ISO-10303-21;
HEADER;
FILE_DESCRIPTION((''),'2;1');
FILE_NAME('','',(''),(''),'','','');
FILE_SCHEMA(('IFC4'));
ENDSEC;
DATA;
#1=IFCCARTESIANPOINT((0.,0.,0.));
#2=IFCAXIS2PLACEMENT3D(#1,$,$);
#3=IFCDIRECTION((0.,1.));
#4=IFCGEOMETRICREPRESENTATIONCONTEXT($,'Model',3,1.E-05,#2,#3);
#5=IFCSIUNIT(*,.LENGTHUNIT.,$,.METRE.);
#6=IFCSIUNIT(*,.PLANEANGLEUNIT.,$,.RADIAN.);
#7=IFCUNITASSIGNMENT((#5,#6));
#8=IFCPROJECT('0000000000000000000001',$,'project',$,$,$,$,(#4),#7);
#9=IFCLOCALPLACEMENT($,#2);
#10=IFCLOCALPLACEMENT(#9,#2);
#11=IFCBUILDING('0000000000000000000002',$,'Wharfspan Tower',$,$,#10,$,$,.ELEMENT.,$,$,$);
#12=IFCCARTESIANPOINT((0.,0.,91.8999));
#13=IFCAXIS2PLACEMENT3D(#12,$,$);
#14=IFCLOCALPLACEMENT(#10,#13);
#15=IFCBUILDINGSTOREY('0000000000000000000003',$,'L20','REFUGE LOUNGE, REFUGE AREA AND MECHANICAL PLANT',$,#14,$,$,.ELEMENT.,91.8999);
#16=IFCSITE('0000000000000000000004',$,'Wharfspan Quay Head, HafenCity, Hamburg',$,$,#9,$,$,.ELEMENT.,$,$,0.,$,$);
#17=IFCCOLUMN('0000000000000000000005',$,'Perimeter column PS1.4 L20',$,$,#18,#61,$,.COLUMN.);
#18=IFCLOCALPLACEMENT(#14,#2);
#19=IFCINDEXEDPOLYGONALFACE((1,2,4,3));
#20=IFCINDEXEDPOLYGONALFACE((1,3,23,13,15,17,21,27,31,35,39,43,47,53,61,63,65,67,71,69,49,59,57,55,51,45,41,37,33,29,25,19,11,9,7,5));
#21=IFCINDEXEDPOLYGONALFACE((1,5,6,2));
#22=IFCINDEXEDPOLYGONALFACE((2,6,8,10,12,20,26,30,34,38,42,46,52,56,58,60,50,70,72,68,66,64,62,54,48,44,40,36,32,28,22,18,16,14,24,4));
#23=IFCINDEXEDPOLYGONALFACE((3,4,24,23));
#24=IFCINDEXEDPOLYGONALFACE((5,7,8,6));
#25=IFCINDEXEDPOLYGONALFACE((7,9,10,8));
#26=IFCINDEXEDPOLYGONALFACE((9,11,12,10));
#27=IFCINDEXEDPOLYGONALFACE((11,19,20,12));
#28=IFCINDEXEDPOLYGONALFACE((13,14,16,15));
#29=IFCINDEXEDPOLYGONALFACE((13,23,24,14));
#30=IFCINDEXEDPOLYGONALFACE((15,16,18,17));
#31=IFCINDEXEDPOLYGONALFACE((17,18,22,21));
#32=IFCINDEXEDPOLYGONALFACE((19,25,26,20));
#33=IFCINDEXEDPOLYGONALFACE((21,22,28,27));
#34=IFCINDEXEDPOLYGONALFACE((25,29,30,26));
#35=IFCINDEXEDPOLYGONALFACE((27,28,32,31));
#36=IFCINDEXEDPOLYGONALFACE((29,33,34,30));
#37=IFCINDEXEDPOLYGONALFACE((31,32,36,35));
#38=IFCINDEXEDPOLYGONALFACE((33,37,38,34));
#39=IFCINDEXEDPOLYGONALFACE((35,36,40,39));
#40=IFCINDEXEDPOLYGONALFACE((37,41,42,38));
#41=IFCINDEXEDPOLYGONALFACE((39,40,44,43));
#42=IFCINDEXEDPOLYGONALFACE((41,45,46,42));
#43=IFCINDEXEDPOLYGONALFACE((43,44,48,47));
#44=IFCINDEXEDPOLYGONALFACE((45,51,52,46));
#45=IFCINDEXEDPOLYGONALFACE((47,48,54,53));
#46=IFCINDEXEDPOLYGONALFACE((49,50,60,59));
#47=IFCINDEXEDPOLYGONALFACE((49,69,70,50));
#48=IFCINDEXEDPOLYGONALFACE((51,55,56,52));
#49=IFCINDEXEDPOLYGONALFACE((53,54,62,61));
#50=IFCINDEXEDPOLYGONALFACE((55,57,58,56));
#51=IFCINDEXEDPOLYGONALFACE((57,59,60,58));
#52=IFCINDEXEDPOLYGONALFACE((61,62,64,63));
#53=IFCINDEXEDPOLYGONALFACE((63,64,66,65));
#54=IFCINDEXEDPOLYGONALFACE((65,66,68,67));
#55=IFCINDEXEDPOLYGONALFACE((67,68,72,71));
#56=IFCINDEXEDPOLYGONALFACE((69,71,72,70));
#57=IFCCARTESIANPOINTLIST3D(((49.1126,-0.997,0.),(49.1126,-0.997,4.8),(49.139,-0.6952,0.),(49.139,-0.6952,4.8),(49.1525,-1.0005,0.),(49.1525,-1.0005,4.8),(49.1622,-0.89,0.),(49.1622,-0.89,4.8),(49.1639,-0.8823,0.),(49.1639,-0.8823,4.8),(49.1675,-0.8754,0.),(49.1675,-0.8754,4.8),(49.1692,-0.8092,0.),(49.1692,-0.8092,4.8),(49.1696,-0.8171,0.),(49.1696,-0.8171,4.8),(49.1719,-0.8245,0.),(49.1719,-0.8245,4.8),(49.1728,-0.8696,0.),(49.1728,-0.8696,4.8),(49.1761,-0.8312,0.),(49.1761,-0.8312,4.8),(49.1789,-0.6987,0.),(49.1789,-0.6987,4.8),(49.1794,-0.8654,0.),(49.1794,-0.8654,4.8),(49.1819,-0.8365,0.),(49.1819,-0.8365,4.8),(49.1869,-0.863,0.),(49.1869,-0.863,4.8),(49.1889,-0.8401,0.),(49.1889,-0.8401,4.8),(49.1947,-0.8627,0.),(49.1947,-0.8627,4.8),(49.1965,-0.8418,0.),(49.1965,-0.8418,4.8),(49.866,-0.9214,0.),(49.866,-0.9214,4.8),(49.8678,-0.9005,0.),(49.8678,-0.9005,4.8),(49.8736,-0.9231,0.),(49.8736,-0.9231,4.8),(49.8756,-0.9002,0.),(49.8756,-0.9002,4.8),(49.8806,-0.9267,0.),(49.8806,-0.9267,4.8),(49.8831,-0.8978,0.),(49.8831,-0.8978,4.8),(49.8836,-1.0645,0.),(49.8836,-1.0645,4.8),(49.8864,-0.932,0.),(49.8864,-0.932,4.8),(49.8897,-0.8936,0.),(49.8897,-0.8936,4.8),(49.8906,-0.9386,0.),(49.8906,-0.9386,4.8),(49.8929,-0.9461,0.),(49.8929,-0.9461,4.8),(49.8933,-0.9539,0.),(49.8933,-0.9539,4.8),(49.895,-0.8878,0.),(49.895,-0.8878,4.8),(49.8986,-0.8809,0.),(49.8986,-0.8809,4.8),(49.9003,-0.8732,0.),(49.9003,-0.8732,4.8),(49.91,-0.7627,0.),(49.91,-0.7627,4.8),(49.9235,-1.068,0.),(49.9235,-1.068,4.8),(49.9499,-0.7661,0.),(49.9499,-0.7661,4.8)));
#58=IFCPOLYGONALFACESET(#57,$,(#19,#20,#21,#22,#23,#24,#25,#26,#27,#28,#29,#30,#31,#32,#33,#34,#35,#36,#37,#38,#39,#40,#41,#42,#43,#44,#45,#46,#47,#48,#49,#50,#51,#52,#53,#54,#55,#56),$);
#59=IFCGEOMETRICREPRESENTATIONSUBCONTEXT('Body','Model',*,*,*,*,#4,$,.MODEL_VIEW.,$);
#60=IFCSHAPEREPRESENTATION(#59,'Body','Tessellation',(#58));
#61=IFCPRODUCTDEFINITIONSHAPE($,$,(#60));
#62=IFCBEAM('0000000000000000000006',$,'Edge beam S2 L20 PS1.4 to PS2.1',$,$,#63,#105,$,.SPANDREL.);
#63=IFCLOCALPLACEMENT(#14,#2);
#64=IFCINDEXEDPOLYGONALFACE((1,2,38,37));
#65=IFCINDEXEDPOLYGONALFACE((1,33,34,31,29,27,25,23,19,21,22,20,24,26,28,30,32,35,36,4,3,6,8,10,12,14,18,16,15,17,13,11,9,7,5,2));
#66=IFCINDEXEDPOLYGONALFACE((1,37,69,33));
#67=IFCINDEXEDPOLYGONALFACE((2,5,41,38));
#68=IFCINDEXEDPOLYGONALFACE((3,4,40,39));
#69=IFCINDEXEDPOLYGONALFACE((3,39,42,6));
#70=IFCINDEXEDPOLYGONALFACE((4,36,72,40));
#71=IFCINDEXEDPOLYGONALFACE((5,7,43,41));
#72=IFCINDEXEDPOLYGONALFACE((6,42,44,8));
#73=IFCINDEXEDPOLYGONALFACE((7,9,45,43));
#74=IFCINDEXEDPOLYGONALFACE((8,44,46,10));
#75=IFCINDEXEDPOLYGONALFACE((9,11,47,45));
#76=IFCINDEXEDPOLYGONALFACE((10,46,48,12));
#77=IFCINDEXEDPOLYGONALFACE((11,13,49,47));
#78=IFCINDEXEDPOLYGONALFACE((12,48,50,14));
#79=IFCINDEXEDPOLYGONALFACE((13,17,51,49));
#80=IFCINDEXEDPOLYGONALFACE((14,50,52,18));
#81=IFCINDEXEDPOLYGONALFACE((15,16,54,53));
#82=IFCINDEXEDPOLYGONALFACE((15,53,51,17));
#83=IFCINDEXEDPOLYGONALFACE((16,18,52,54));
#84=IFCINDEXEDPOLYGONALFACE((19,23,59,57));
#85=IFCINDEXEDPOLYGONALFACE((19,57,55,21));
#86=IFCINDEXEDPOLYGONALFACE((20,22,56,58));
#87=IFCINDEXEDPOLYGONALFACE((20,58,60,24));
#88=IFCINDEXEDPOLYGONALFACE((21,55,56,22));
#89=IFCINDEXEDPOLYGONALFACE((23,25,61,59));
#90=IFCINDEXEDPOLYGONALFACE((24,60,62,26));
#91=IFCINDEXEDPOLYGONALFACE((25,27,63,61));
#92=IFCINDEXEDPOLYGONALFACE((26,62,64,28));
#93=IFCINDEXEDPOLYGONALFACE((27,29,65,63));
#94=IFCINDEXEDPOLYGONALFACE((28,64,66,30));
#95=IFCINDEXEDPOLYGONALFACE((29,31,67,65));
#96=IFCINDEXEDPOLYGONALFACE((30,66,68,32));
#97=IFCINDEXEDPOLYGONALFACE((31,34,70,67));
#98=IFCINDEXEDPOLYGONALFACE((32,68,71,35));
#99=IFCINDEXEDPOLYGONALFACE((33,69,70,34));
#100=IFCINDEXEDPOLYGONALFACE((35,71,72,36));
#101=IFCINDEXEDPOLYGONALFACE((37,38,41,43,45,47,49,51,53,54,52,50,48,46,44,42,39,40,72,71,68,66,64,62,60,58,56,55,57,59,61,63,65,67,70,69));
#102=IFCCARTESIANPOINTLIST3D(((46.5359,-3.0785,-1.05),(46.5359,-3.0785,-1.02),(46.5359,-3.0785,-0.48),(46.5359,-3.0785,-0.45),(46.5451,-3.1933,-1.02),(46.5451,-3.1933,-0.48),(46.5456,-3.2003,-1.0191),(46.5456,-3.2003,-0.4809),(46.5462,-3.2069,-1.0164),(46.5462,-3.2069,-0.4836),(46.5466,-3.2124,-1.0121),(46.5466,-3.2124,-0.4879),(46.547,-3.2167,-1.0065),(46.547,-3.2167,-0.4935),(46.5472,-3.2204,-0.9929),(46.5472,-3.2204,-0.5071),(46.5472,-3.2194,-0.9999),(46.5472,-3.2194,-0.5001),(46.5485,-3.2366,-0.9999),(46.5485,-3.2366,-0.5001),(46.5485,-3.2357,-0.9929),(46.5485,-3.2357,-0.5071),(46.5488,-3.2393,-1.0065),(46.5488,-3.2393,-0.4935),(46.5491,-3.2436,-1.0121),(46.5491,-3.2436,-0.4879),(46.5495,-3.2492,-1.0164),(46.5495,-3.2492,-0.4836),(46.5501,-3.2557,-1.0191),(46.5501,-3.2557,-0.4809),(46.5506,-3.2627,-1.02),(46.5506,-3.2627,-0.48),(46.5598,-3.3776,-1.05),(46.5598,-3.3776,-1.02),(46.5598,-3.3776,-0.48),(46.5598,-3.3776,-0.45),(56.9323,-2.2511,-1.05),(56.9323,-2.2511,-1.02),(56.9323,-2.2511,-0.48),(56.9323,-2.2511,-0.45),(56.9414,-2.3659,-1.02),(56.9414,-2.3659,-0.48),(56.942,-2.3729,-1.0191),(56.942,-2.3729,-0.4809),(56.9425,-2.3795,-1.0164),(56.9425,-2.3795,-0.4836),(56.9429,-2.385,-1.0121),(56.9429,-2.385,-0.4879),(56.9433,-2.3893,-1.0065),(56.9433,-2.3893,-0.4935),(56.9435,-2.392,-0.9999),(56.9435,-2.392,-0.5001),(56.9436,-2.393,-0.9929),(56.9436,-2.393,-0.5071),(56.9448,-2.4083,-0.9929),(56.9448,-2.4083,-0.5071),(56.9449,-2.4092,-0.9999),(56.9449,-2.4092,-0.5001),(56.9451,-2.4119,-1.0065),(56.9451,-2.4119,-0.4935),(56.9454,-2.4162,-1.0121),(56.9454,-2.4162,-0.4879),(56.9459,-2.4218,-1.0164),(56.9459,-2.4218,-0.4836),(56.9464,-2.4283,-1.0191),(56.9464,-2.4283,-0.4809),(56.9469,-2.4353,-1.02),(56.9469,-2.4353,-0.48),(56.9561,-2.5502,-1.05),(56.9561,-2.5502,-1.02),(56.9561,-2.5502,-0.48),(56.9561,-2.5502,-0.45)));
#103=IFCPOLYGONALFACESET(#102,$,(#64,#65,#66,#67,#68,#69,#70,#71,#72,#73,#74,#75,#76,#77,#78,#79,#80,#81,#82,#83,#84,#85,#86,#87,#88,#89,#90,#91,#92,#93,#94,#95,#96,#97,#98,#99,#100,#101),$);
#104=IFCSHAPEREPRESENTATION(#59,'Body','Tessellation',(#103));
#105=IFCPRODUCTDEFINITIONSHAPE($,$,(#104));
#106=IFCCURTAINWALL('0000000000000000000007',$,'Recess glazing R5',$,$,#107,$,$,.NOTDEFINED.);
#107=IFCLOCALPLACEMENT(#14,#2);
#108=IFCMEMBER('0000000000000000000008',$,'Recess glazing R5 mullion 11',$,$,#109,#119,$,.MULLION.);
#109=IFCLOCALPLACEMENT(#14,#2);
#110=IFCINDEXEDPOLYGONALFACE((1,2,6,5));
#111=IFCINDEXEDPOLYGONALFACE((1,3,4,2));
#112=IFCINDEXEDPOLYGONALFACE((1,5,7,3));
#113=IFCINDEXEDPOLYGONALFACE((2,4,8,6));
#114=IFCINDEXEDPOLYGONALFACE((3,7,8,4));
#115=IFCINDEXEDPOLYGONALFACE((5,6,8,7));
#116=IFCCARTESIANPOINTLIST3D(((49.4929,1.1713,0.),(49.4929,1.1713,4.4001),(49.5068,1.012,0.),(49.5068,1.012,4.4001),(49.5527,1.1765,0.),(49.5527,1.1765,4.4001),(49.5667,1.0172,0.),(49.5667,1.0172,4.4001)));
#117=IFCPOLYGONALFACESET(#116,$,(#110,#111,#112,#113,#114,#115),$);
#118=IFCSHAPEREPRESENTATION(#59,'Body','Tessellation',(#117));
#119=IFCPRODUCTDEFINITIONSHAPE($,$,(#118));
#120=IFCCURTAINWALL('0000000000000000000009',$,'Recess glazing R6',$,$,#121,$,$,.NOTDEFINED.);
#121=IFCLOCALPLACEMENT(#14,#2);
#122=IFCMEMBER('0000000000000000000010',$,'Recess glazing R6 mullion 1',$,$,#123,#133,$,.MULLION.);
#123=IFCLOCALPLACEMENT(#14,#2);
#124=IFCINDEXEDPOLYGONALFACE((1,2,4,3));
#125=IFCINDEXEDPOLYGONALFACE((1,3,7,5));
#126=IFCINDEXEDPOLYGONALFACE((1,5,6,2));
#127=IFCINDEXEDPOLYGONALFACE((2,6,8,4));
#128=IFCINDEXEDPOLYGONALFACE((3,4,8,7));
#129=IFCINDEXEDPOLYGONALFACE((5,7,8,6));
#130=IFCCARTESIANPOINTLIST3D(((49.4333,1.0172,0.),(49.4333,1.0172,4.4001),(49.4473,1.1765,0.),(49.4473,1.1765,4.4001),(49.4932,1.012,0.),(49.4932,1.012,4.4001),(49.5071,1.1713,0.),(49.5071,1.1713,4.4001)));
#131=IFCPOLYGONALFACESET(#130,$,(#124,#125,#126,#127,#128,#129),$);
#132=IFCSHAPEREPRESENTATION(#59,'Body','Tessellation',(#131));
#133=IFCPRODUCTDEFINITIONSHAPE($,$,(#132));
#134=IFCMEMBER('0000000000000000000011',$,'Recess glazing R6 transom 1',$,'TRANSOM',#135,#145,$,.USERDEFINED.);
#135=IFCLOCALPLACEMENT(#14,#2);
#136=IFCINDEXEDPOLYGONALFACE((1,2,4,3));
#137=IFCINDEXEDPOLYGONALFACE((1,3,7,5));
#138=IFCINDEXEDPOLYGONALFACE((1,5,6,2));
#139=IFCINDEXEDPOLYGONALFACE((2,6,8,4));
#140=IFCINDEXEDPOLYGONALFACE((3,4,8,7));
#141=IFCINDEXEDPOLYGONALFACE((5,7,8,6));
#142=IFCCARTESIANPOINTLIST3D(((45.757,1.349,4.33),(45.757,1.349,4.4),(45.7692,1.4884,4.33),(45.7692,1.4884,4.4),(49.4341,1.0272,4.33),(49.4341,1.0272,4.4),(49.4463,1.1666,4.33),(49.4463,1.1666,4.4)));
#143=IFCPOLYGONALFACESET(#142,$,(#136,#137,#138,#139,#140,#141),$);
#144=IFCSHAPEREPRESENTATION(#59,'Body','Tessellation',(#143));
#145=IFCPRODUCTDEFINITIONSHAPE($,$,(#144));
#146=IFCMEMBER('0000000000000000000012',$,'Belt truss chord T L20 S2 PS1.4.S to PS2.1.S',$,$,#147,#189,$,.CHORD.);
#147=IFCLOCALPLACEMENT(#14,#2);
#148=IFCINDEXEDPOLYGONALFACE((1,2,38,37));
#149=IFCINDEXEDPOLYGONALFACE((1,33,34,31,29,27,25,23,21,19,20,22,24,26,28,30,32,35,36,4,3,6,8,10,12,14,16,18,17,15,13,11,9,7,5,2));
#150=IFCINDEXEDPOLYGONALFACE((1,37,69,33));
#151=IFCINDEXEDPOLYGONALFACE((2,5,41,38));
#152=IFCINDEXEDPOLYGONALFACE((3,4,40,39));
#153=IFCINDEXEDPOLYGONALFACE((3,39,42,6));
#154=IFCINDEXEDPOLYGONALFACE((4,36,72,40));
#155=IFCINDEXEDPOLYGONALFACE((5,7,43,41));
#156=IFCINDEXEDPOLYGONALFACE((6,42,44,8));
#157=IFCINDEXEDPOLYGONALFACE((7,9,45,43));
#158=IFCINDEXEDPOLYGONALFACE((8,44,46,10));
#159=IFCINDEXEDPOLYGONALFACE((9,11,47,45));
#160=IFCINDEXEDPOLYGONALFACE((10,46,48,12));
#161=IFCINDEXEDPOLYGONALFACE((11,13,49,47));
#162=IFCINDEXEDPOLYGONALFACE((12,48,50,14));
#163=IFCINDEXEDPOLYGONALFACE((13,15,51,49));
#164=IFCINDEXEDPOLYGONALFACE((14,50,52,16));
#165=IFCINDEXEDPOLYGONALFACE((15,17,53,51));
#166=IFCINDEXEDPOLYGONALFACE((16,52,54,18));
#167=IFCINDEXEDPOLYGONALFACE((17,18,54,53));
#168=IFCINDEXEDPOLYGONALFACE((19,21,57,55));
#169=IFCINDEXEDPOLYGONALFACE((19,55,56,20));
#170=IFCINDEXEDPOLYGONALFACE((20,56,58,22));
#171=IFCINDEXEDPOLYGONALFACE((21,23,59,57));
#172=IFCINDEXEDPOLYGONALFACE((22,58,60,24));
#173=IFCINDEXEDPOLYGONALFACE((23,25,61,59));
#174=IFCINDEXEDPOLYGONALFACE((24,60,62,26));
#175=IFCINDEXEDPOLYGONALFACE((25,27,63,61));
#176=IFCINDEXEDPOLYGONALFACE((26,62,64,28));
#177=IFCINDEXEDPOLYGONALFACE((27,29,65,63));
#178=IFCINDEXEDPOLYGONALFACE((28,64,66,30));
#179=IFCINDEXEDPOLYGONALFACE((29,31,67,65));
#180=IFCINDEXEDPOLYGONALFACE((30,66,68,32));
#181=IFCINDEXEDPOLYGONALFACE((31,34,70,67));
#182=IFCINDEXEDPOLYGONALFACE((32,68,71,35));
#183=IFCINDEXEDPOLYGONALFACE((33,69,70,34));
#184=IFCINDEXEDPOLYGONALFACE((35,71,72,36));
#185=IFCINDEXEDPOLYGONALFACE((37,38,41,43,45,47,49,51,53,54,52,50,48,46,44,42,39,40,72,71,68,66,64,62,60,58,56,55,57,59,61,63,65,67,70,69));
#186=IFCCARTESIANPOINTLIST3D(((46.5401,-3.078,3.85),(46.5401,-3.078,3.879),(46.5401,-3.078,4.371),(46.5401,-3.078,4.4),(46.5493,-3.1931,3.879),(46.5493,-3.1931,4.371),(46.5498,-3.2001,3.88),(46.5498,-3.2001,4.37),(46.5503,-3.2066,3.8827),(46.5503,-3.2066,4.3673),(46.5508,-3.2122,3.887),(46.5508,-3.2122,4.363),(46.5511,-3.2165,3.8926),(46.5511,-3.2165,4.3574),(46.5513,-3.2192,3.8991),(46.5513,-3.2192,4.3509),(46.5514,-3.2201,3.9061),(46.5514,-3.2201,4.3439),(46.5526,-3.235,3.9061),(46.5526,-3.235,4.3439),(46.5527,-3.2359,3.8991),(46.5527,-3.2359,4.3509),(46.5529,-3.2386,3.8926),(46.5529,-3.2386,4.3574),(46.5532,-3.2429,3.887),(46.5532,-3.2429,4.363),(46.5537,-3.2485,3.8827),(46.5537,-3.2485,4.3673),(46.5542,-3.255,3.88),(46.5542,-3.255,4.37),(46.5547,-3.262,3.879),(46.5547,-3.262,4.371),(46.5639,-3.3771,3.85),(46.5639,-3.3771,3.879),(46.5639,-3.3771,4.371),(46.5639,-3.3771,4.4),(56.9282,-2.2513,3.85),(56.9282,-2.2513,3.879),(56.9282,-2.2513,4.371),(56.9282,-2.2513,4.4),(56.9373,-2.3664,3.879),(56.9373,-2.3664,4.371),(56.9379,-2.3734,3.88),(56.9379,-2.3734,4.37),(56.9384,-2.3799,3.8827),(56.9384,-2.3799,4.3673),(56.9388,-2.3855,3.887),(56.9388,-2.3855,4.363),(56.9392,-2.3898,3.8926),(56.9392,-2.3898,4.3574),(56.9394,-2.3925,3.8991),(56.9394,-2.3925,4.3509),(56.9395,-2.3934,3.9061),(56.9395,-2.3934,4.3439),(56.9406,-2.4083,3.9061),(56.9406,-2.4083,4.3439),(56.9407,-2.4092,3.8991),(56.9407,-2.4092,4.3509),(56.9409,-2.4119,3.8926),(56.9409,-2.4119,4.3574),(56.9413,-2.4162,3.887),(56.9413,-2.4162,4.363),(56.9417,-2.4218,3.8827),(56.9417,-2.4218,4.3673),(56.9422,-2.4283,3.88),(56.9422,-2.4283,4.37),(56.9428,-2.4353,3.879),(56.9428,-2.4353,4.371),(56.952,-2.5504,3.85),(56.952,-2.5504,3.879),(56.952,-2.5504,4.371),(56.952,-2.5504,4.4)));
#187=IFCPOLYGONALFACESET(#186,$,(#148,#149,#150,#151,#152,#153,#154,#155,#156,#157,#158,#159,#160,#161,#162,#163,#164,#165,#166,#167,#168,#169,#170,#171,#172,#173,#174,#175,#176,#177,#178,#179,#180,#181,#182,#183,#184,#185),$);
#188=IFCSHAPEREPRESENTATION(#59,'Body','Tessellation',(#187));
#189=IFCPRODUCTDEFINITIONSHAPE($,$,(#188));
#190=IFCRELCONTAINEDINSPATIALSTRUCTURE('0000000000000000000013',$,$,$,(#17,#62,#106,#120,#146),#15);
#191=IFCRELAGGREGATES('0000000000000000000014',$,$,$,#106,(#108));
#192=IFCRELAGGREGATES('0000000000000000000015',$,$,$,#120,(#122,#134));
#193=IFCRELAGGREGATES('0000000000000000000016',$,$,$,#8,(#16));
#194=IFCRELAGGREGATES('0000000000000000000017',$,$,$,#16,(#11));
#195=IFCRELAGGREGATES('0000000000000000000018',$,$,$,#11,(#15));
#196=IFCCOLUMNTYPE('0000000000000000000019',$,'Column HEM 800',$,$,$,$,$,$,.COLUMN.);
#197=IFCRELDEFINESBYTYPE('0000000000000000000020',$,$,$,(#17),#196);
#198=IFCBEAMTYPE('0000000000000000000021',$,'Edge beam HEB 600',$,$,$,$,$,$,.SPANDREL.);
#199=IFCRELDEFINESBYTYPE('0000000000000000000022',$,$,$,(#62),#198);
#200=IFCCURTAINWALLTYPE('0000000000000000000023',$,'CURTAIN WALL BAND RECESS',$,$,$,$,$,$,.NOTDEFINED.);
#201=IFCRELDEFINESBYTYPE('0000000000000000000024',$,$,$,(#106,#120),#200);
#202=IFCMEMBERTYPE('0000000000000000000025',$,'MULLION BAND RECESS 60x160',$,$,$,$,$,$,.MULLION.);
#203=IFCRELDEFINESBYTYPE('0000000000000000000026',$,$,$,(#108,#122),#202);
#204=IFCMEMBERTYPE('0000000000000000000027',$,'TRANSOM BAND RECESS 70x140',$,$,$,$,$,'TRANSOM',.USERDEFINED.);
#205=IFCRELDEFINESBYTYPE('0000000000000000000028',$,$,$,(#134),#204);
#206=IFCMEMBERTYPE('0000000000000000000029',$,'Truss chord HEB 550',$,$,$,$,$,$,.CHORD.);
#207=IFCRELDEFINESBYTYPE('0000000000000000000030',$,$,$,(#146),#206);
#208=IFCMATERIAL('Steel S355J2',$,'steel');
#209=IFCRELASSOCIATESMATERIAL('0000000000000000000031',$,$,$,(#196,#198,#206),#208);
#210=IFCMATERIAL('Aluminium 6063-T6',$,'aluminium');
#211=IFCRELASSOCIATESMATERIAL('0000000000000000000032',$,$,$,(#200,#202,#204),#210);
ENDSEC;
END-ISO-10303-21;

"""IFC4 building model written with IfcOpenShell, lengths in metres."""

from ifc_helpers import new_model, si_unit, direction, frame, origin, origin_2d, place, context, subcontext, project, spatial, rectangle, i_section, extrude, material, material_profile, profile_set, type_object, element, aggregate, save


model = new_model("IFC4")

# Units and contexts
model_context = context("Model", 3, precision=1e-05, world=origin(), true_north=direction((0.0, 1.0)))
body_context = subcontext(model_context, "Body", "Model", "MODEL_VIEW")
ifc_project = project(units=[si_unit("LENGTHUNIT", "METRE"), si_unit("PLANEANGLEUNIT", "RADIAN")], contexts=[model_context])

# Site, building, storey
site_placement = place(None, origin())
site = spatial("IfcSite", under=ifc_project, at=site_placement, Name="Wharfspan Quay Head, HafenCity, Hamburg", CompositionType="ELEMENT", RefElevation=0.0)
building_placement = place(site_placement, origin())
building = spatial("IfcBuilding", under=site, at=building_placement, Name="Wharfspan Tower", CompositionType="ELEMENT")
storey_placement = place(building_placement, frame((0.0, 0.0, 91.8999)))
storey = spatial("IfcBuildingStorey", under=building, at=storey_placement, Name="L20", Description="REFUGE LOUNGE, REFUGE AREA AND MECHANICAL PLANT", CompositionType="ELEMENT", Elevation=91.8999)

# Column
ifc_material_1 = material(Name="Steel S355J2", Category="steel")
ifc_material_profile_1 = material_profile(ifc_material_1, i_section(OverallWidth=0.303, OverallDepth=0.814, WebThickness=0.021, FlangeThickness=0.04, FilletRadius=0.03, at=origin_2d()))
ifc_profile_set_1 = profile_set([ifc_material_profile_1], Name="Steel S355J2")
column_type = type_object("IfcColumnType", Name="Column HEM 800", PredefinedType="COLUMN", material=ifc_profile_set_1)
column_placement = place(storey_placement, frame((49.5312, -0.8816, 0.0), z_axis=(0.0, 0.0, 1.0), x_axis=(-0.087156, -0.996198, 0.0)))
element("IfcColumn", 1, at=column_placement, inside=storey, type_object=column_type, Name="Perimeter column PS1.4 L20", PredefinedType="COLUMN", context=body_context, shape_type="SweptSolid", body=[
    extrude(i_section(OverallWidth=0.303, OverallDepth=0.814, WebThickness=0.021, FlangeThickness=0.04, FilletRadius=0.03, at=origin_2d()), origin(), (0.0, 0.0, 1.0), 4.8),
])

# Beam
ifc_material_profile_2 = material_profile(ifc_material_1, i_section(OverallWidth=0.3, OverallDepth=0.6001, WebThickness=0.0154, FlangeThickness=0.03, FilletRadius=0.0271, at=origin_2d()))
ifc_profile_set_2 = profile_set([ifc_material_profile_2], Name="Steel S355J2")
beam_type = type_object("IfcBeamType", Name="Edge beam HEB 600", PredefinedType="SPANDREL", material=ifc_profile_set_2)
beam_placement = place(storey_placement, frame((46.5479, -3.228, -0.75), z_axis=(0.996848, 0.079335, 0.0), x_axis=(-0.079335, 0.996848, 0.0)))
element("IfcBeam", 2, at=beam_placement, inside=storey, type_object=beam_type, Name="Edge beam S2 L20 PS1.4 to PS2.1", PredefinedType="SPANDREL", context=body_context, shape_type="SweptSolid", body=[
    extrude(i_section(OverallWidth=0.3, OverallDepth=0.6001, WebThickness=0.0154, FlangeThickness=0.03, FilletRadius=0.0271, at=origin_2d()), origin(), (0.0, 0.0, 1.0), 10.4292),
])

# Curtain wall, member
ifc_material_2 = material(Name="Aluminium 6063-T6", Category="aluminium")
curtain_wall_type = type_object("IfcCurtainWallType", Name="CURTAIN WALL BAND RECESS", PredefinedType="NOTDEFINED", material=ifc_material_2)
curtain_wall_1_placement = place(storey_placement, origin())
curtain_wall_1 = element("IfcCurtainWall", 3, at=curtain_wall_1_placement, inside=storey, type_object=curtain_wall_type, Name="Recess glazing R5", PredefinedType="NOTDEFINED")
ifc_material_profile_3 = material_profile(ifc_material_2, rectangle(XDim=0.1599, YDim=0.0601, at=origin_2d()))
ifc_profile_set_3 = profile_set([ifc_material_profile_3], Name="Aluminium 6063-T6")
member_type_1 = type_object("IfcMemberType", Name="MULLION BAND RECESS 60x160", PredefinedType="MULLION", material=ifc_profile_set_3)
member_1_placement = place(storey_placement, frame((49.5298, 1.0942, 0.0), z_axis=(0.0, 0.0, 1.0), x_axis=(0.087156, -0.996198, 0.0)))
member_1 = element("IfcMember", 4, at=member_1_placement, type_object=member_type_1, Name="Recess glazing R5 mullion 11", PredefinedType="MULLION", context=body_context, shape_type="SweptSolid", body=[
    extrude(rectangle(XDim=0.1599, YDim=0.0601, at=origin_2d()), origin(), (0.0, 0.0, 1.0), 4.4001),
])
aggregate(curtain_wall_1, [member_1])

# Curtain wall, members
curtain_wall_2_placement = place(storey_placement, origin())
curtain_wall_2 = element("IfcCurtainWall", 5, at=curtain_wall_2_placement, inside=storey, type_object=curtain_wall_type, Name="Recess glazing R6", PredefinedType="NOTDEFINED")
member_2_placement = place(storey_placement, frame((49.4702, 1.0942, 0.0), z_axis=(0.0, 0.0, 1.0), x_axis=(-0.087156, -0.996198, 0.0)))
member_2 = element("IfcMember", 6, at=member_2_placement, type_object=member_type_1, Name="Recess glazing R6 mullion 1", PredefinedType="MULLION", context=body_context, shape_type="SweptSolid", body=[
    extrude(rectangle(XDim=0.1599, YDim=0.0601, at=origin_2d()), origin(), (0.0, 0.0, 1.0), 4.4001),
])
ifc_material_profile_4 = material_profile(ifc_material_2, rectangle(XDim=0.1399, YDim=0.0701, at=origin_2d()))
ifc_profile_set_4 = profile_set([ifc_material_profile_4], Name="Aluminium 6063-T6")
member_type_2 = type_object("IfcMemberType", Name="TRANSOM BAND RECESS 70x140", ElementType="TRANSOM", PredefinedType="USERDEFINED", material=ifc_profile_set_4)
member_3_placement = place(storey_placement, frame((49.4402, 1.0969, 4.365), z_axis=(-0.996193, 0.087178, 0.0), x_axis=(-0.087178, -0.996193, 0.0)))
member_3 = element("IfcMember", 7, at=member_3_placement, type_object=member_type_2, Name="Recess glazing R6 transom 1", ObjectType="TRANSOM", PredefinedType="USERDEFINED", context=body_context, shape_type="SweptSolid", body=[
    extrude(rectangle(XDim=0.1399, YDim=0.0701, at=origin_2d()), origin(), (0.0, 0.0, 1.0), 3.6912),
])

# Member
ifc_material_profile_5 = material_profile(ifc_material_1, i_section(OverallWidth=0.3, OverallDepth=0.55, WebThickness=0.0149, FlangeThickness=0.0291, FilletRadius=0.0271, at=origin_2d()))
ifc_profile_set_5 = profile_set([ifc_material_profile_5], Name="Steel S355J2")
member_type_3 = type_object("IfcMemberType", Name="Truss chord HEB 550", PredefinedType="CHORD", material=ifc_profile_set_5)
for number, where, z_axis, x_axis, name in (
    (8, (46.552, -3.2275, 4.125), (0.996849, 0.079328, 0.0), (-0.079328, 0.996849, 0.0), "Belt truss chord T L20 S2 PS1.4.S to PS2.1.S"),
):
    element("IfcMember", number, at=place(storey_placement, frame(where, z_axis=z_axis, x_axis=x_axis)), inside=storey, type_object=member_type_3, Name=name, PredefinedType="CHORD", context=body_context, shape_type="SweptSolid", body=[
        extrude(i_section(OverallWidth=0.3, OverallDepth=0.55, WebThickness=0.0149, FlangeThickness=0.0291, FilletRadius=0.0271, at=origin_2d()), origin(), (0.0, 0.0, 1.0), 10.4209),
    ])

aggregate(curtain_wall_2, [member_2, member_3])

save(model, "model.ifc")
